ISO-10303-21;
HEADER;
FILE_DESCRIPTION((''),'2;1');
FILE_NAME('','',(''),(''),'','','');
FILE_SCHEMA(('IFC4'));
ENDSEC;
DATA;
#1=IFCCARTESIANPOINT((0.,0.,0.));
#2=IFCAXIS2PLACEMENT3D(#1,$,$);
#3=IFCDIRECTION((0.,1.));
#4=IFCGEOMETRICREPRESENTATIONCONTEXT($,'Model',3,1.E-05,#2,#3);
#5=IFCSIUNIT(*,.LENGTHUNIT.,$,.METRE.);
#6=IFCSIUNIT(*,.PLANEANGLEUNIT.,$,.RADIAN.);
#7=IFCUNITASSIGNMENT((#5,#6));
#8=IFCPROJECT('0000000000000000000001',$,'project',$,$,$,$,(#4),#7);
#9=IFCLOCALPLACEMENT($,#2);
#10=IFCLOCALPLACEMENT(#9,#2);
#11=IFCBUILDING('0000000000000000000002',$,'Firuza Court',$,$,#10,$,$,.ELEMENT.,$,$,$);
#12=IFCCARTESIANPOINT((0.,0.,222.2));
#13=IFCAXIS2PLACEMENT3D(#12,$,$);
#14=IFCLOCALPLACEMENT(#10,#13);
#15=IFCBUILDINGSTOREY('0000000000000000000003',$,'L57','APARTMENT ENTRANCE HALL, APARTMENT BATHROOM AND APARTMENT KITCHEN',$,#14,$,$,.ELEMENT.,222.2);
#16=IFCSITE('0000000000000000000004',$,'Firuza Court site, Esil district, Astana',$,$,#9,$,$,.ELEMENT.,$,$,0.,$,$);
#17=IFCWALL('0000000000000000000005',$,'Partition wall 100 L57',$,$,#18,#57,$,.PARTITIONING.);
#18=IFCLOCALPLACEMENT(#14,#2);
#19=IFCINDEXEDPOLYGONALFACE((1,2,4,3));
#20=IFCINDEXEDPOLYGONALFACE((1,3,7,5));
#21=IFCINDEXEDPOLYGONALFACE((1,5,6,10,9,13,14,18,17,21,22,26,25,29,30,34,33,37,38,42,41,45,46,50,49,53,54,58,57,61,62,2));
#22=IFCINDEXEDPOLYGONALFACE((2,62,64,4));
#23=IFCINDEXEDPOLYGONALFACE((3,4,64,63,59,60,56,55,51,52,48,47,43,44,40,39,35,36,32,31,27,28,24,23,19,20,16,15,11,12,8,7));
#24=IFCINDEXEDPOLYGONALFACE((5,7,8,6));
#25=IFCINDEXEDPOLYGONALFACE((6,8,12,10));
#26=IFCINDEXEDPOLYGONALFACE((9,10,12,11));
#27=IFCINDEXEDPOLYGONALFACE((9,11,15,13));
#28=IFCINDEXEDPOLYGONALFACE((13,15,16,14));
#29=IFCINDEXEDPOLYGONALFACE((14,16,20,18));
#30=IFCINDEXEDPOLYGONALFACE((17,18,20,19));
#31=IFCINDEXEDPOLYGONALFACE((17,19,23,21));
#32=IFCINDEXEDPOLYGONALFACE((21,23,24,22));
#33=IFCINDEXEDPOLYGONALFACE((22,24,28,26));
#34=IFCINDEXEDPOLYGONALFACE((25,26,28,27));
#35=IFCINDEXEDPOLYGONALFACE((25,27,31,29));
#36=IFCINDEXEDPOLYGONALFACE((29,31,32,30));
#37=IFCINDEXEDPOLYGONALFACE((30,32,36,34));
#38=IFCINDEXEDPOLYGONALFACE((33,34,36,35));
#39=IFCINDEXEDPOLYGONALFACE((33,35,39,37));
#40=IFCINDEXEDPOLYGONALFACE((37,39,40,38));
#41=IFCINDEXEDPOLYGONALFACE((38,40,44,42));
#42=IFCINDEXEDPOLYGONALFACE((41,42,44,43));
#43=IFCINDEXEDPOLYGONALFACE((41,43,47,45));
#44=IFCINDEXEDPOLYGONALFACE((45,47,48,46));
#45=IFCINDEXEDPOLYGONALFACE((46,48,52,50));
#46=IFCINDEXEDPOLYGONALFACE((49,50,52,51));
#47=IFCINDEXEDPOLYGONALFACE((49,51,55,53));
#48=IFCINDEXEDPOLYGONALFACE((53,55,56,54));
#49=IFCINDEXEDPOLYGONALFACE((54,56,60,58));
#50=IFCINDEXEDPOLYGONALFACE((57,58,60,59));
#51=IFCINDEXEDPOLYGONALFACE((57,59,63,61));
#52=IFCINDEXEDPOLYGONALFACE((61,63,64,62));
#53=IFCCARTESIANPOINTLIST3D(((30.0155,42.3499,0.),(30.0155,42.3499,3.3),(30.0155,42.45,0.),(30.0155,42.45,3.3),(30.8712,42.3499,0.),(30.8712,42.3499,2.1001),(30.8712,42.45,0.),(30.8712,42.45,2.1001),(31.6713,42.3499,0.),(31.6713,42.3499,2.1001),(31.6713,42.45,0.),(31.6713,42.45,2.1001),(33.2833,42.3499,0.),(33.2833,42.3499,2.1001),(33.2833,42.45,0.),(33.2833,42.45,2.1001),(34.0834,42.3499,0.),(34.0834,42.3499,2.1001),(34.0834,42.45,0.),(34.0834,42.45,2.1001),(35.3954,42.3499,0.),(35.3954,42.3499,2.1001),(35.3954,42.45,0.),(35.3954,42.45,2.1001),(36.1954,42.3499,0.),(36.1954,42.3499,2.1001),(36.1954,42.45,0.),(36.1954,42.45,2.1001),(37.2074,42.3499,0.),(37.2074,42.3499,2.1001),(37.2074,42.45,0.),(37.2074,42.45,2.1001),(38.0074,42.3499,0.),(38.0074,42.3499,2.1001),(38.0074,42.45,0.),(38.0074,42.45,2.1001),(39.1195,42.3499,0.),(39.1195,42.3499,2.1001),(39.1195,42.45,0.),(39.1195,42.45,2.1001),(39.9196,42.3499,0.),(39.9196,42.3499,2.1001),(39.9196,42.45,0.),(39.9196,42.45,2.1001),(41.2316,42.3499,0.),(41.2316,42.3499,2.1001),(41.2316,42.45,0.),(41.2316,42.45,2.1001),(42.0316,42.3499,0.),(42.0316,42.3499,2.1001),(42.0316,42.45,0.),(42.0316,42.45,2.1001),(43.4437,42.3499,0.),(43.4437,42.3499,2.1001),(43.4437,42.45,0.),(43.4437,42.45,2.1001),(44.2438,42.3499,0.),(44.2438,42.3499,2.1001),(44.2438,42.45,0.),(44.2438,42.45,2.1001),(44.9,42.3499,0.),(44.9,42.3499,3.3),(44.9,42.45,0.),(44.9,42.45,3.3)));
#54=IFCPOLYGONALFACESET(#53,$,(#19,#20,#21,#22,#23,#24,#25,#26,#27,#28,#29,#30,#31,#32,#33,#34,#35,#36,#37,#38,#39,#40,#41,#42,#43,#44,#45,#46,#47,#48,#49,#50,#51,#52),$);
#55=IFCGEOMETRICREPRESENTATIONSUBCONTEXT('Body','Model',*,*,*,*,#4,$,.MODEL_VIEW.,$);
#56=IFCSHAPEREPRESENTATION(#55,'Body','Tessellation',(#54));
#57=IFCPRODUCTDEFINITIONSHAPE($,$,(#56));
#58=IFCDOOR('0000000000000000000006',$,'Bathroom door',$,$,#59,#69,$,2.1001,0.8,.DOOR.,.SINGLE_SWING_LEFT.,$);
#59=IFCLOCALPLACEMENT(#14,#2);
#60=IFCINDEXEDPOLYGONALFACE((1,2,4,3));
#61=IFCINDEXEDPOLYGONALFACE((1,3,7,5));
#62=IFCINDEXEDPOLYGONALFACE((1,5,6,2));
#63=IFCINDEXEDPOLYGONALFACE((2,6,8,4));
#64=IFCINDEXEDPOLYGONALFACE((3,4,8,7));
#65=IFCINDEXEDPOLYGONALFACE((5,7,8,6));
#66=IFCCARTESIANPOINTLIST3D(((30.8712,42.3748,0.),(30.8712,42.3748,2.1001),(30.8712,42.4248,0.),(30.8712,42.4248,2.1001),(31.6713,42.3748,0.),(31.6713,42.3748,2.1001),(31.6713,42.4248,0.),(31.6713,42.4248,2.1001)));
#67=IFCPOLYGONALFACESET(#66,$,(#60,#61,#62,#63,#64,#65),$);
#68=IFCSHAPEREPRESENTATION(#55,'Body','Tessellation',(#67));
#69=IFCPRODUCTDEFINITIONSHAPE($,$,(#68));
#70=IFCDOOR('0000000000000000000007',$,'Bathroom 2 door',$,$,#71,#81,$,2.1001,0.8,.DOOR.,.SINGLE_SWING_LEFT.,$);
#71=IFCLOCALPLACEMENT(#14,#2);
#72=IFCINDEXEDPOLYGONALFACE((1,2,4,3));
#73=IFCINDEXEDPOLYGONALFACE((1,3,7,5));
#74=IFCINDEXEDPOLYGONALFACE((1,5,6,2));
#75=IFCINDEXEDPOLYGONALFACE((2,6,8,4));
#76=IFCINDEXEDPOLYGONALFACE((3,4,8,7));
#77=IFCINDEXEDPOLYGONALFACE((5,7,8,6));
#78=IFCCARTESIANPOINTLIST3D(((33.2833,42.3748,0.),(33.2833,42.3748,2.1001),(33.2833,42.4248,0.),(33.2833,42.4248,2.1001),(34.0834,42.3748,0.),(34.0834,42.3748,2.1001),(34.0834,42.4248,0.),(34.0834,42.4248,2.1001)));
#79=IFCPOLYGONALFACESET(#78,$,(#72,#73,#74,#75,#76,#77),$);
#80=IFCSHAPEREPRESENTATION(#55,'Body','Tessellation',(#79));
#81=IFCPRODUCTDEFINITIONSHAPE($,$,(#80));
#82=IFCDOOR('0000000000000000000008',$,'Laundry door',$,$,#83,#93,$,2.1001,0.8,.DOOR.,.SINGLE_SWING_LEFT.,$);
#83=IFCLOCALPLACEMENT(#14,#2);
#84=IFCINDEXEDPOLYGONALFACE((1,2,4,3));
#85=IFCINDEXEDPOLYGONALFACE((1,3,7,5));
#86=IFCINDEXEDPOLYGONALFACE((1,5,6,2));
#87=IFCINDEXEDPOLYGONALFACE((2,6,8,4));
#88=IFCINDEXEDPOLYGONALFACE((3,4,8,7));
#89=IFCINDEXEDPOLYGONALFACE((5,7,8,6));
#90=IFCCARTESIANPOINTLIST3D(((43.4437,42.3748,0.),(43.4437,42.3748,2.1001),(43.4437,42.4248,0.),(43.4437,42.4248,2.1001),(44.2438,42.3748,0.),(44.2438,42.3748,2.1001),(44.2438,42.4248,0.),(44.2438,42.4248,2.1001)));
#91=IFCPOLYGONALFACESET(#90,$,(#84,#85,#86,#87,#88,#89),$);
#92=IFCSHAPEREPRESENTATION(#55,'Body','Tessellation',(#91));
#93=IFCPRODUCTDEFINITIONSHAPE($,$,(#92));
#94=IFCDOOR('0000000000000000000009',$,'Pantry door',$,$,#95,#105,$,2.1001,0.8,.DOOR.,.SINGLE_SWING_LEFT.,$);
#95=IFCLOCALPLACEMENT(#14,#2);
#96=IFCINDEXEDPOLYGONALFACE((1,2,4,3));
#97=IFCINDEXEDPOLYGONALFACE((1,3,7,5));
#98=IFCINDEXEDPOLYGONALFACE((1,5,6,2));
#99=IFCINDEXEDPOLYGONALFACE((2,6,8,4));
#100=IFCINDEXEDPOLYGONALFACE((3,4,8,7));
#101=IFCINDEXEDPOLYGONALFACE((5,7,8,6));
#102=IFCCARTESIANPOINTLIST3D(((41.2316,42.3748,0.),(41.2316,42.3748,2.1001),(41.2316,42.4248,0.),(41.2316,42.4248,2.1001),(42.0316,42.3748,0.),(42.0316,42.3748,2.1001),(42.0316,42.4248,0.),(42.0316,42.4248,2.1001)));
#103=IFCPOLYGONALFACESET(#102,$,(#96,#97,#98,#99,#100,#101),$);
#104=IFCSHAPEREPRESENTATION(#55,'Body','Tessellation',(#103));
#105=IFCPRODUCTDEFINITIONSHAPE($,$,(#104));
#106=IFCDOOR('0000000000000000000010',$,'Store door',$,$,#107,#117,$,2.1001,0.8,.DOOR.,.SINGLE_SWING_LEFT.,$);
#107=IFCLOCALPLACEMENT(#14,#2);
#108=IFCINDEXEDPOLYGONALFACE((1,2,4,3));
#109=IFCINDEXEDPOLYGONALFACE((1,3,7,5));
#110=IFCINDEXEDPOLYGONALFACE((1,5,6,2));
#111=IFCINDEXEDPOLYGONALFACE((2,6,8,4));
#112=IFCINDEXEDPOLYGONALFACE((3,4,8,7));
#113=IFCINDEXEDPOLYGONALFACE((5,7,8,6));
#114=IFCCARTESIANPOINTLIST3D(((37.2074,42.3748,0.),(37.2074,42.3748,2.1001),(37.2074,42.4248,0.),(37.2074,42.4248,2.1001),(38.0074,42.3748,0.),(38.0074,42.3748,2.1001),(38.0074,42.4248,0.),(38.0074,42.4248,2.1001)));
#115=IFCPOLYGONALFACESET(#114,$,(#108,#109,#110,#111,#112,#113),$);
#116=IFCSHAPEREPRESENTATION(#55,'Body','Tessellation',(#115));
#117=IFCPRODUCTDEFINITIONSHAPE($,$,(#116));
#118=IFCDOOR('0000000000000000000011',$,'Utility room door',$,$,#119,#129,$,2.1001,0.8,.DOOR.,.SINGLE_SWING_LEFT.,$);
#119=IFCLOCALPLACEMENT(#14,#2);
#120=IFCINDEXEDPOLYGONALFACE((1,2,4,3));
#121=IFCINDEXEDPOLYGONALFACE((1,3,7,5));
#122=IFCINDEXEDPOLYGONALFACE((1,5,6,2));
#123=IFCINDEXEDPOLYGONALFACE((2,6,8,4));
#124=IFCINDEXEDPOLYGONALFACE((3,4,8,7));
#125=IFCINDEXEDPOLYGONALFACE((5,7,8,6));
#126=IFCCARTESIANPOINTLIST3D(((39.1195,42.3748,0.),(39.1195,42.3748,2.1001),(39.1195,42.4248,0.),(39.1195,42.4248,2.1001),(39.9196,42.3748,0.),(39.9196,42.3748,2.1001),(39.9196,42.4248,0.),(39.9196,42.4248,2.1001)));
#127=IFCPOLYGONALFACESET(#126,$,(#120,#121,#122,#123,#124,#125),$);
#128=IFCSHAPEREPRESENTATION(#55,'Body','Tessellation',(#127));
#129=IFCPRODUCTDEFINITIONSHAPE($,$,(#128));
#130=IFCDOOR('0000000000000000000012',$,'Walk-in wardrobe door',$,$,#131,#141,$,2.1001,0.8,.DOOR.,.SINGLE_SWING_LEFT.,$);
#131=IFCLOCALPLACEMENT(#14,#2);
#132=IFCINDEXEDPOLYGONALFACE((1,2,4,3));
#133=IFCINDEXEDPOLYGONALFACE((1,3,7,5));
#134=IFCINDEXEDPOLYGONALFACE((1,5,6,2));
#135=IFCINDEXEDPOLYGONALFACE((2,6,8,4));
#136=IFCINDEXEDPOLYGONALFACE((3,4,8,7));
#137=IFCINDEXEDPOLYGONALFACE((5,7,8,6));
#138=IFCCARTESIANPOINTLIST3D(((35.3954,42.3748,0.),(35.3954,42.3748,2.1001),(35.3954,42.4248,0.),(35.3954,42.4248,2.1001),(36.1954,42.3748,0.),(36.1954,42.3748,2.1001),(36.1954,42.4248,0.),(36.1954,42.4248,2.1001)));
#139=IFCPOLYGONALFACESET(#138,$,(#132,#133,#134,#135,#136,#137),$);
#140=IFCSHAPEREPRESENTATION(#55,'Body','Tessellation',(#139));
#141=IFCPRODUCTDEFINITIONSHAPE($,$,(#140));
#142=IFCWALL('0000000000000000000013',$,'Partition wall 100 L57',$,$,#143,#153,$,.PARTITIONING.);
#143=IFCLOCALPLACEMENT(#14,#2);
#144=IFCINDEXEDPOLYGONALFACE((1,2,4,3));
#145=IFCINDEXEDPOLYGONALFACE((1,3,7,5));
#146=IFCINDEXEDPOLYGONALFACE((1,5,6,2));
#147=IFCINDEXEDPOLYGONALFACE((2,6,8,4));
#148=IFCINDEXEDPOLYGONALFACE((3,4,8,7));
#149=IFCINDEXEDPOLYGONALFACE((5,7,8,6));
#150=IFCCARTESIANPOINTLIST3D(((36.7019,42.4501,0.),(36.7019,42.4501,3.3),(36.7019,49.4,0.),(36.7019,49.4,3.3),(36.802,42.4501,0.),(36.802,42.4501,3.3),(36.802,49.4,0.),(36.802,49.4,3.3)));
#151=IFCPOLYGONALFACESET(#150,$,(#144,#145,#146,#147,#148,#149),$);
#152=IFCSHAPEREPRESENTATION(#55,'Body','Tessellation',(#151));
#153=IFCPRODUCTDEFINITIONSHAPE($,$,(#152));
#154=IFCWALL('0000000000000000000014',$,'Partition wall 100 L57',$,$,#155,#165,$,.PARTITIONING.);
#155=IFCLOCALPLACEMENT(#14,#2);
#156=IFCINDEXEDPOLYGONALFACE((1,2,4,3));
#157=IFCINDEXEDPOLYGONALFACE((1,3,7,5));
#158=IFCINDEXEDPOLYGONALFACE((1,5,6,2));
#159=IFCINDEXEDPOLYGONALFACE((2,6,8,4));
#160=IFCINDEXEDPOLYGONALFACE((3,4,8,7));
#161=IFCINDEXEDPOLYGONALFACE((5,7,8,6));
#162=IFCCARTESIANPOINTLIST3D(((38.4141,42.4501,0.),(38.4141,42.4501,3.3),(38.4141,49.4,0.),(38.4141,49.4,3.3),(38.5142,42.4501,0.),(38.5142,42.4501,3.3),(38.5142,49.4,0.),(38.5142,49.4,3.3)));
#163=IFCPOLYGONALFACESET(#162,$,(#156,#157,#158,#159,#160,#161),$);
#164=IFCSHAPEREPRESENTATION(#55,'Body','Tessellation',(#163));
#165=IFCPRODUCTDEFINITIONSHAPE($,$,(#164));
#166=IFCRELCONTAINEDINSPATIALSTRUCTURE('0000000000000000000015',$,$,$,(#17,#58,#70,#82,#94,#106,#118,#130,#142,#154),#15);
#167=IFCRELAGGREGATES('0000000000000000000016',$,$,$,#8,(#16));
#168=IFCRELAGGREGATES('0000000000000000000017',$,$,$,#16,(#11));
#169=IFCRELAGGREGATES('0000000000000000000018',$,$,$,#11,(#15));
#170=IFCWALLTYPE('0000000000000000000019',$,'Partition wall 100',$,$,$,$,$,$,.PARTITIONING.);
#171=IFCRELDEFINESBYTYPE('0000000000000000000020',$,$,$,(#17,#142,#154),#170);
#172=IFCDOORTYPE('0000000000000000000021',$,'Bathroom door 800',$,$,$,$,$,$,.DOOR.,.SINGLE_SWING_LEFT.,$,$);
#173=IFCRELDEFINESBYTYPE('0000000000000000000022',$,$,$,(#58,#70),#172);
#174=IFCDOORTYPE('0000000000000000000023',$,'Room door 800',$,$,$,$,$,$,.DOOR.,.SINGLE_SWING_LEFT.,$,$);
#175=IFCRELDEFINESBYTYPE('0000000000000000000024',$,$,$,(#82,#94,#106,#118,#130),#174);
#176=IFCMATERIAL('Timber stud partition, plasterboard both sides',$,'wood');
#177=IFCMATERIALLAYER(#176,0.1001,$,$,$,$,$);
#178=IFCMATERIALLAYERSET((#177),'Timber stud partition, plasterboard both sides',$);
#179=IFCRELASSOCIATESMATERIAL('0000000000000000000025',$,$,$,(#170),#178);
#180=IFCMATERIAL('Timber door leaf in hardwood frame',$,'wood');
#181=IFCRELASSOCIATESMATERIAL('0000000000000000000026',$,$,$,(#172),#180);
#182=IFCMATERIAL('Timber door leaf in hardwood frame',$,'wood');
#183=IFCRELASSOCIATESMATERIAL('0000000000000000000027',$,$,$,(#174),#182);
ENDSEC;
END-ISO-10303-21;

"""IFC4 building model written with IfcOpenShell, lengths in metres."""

from ifc_helpers import new_model, si_unit, direction, frame, frame_2d, origin, place, context, subcontext, project, spatial, rectangle, extrude, material, layer, layer_set, type_object, element, fill, save


model = new_model("IFC4")

# Units and contexts
model_context = context("Model", 3, precision=1e-05, world=origin(), true_north=direction((0.0, 1.0)))
body_context = subcontext(model_context, "Body", "Model", "MODEL_VIEW")
ifc_project = project(units=[si_unit("LENGTHUNIT", "METRE"), si_unit("PLANEANGLEUNIT", "RADIAN")], contexts=[model_context])

# Site, building, storey
site_placement = place(None, origin())
site = spatial("IfcSite", under=ifc_project, at=site_placement, Name="Firuza Court site, Esil district, Astana", CompositionType="ELEMENT", RefElevation=0.0)
building_placement = place(site_placement, origin())
building = spatial("IfcBuilding", under=site, at=building_placement, Name="Firuza Court", CompositionType="ELEMENT")
storey_placement = place(building_placement, frame((0.0, 0.0, 222.2)))
storey = spatial("IfcBuildingStorey", under=building, at=storey_placement, Name="L57", Description="APARTMENT ENTRANCE HALL, APARTMENT BATHROOM AND APARTMENT KITCHEN", CompositionType="ELEMENT", Elevation=222.2)

# Wall, openings, doors
ifc_material_1 = material(Name="Timber stud partition, plasterboard both sides", Category="wood")
ifc_layer_1 = layer(ifc_material_1, 0.1001)
ifc_layer_set_1 = layer_set([ifc_layer_1], Name="Timber stud partition, plasterboard both sides")
wall_type_1 = type_object("IfcWallType", Name="Partition wall 100", PredefinedType="PARTITIONING", material=ifc_layer_set_1)
wall_1_placement = place(storey_placement, frame((30.0154, 42.3999, 0.0), z_axis=(0.0, 0.0, 1.0), x_axis=(1.0, 0.0, 0.0)))
wall_1 = element("IfcWall", 1, at=wall_1_placement, inside=storey, type_object=wall_type_1, Name="Partition wall 100 L57", PredefinedType="PARTITIONING", context=body_context, shape_type="SweptSolid", body=[
    extrude(rectangle(XDim=14.8845, YDim=0.1001, at=frame_2d((7.4424, 0.0))), origin(), (0.0, 0.0, 1.0), 3.3),
])
opening_1_placement = place(wall_1_placement, frame((0.856, 0.0, 0.0)))
opening_1 = element("IfcOpeningElement", 2, at=opening_1_placement, cuts=wall_1, PredefinedType="OPENING", context=body_context, shape_type="SweptSolid", body=[
    extrude(rectangle(XDim=0.8, YDim=2.1001, at=frame_2d((0.3999, 1.05))), frame((0.0, 0.062, 0.0), z_axis=(0.0, -1.0, 0.0), x_axis=(1.0, 0.0, 0.0)), (0.0, 0.0, 1.0), 0.124),
])
opening_2_placement = place(wall_1_placement, frame((3.2681, 0.0, 0.0)))
opening_2 = element("IfcOpeningElement", 3, at=opening_2_placement, cuts=wall_1, PredefinedType="OPENING", context=body_context, shape_type="SweptSolid", body=[
    extrude(rectangle(XDim=0.8, YDim=2.1001, at=frame_2d((0.3999, 1.05))), frame((0.0, 0.062, 0.0), z_axis=(0.0, -1.0, 0.0), x_axis=(1.0, 0.0, 0.0)), (0.0, 0.0, 1.0), 0.124),
])
opening_3_placement = place(wall_1_placement, frame((13.4285, 0.0, 0.0)))
opening_3 = element("IfcOpeningElement", 4, at=opening_3_placement, cuts=wall_1, PredefinedType="OPENING", context=body_context, shape_type="SweptSolid", body=[
    extrude(rectangle(XDim=0.8, YDim=2.1001, at=frame_2d((0.3999, 1.05))), frame((0.0, 0.062, 0.0), z_axis=(0.0, -1.0, 0.0), x_axis=(1.0, 0.0, 0.0)), (0.0, 0.0, 1.0), 0.124),
])
opening_4_placement = place(wall_1_placement, frame((11.2163, 0.0, 0.0)))
opening_4 = element("IfcOpeningElement", 5, at=opening_4_placement, cuts=wall_1, PredefinedType="OPENING", context=body_context, shape_type="SweptSolid", body=[
    extrude(rectangle(XDim=0.8, YDim=2.1001, at=frame_2d((0.3999, 1.05))), frame((0.0, 0.062, 0.0), z_axis=(0.0, -1.0, 0.0), x_axis=(1.0, 0.0, 0.0)), (0.0, 0.0, 1.0), 0.124),
])
opening_5_placement = place(wall_1_placement, frame((7.1921, 0.0, 0.0)))
opening_5 = element("IfcOpeningElement", 6, at=opening_5_placement, cuts=wall_1, PredefinedType="OPENING", context=body_context, shape_type="SweptSolid", body=[
    extrude(rectangle(XDim=0.8, YDim=2.1001, at=frame_2d((0.3999, 1.05))), frame((0.0, 0.062, 0.0), z_axis=(0.0, -1.0, 0.0), x_axis=(1.0, 0.0, 0.0)), (0.0, 0.0, 1.0), 0.124),
])
opening_6_placement = place(wall_1_placement, frame((9.1042, 0.0, 0.0)))
opening_6 = element("IfcOpeningElement", 7, at=opening_6_placement, cuts=wall_1, PredefinedType="OPENING", context=body_context, shape_type="SweptSolid", body=[
    extrude(rectangle(XDim=0.8, YDim=2.1001, at=frame_2d((0.3999, 1.05))), frame((0.0, 0.062, 0.0), z_axis=(0.0, -1.0, 0.0), x_axis=(1.0, 0.0, 0.0)), (0.0, 0.0, 1.0), 0.124),
])
opening_7_placement = place(wall_1_placement, frame((5.3801, 0.0, 0.0)))
opening_7 = element("IfcOpeningElement", 8, at=opening_7_placement, cuts=wall_1, PredefinedType="OPENING", context=body_context, shape_type="SweptSolid", body=[
    extrude(rectangle(XDim=0.8, YDim=2.1001, at=frame_2d((0.3999, 1.05))), frame((0.0, 0.062, 0.0), z_axis=(0.0, -1.0, 0.0), x_axis=(1.0, 0.0, 0.0)), (0.0, 0.0, 1.0), 0.124),
])
ifc_material_2 = material(Name="Timber door leaf in hardwood frame", Category="wood")
door_type_1 = type_object("IfcDoorType", Name="Bathroom door 800", OperationType="SINGLE_SWING_LEFT", PredefinedType="DOOR", material=ifc_material_2)
door_1_placement = place(opening_1_placement, origin())
door_1 = element("IfcDoor", 9, at=door_1_placement, inside=storey, type_object=door_type_1, Name="Bathroom door", OperationType="SINGLE_SWING_LEFT", OverallHeight=2.1001, OverallWidth=0.8, PredefinedType="DOOR", context=body_context, shape_type="SweptSolid", body=[
    extrude(rectangle(XDim=0.8, YDim=2.1001, at=frame_2d((0.3999, 1.05))), frame((0.0, 0.0249, 0.0), z_axis=(0.0, -1.0, 0.0), x_axis=(1.0, 0.0, 0.0)), (0.0, 0.0, 1.0), 0.05),
])
fill(opening_1, door_1)
door_2_placement = place(opening_2_placement, origin())
door_2 = element("IfcDoor", 10, at=door_2_placement, inside=storey, type_object=door_type_1, Name="Bathroom 2 door", OperationType="SINGLE_SWING_LEFT", OverallHeight=2.1001, OverallWidth=0.8, PredefinedType="DOOR", context=body_context, shape_type="SweptSolid", body=[
    extrude(rectangle(XDim=0.8, YDim=2.1001, at=frame_2d((0.3999, 1.05))), frame((0.0, 0.0249, 0.0), z_axis=(0.0, -1.0, 0.0), x_axis=(1.0, 0.0, 0.0)), (0.0, 0.0, 1.0), 0.05),
])
fill(opening_2, door_2)
ifc_material_3 = material(Name="Timber door leaf in hardwood frame", Category="wood")
door_type_2 = type_object("IfcDoorType", Name="Room door 800", OperationType="SINGLE_SWING_LEFT", PredefinedType="DOOR", material=ifc_material_3)
door_3_placement = place(opening_3_placement, origin())
door_3 = element("IfcDoor", 11, at=door_3_placement, inside=storey, type_object=door_type_2, Name="Laundry door", OperationType="SINGLE_SWING_LEFT", OverallHeight=2.1001, OverallWidth=0.8, PredefinedType="DOOR", context=body_context, shape_type="SweptSolid", body=[
    extrude(rectangle(XDim=0.8, YDim=2.1001, at=frame_2d((0.3999, 1.05))), frame((0.0, 0.0249, 0.0), z_axis=(0.0, -1.0, 0.0), x_axis=(1.0, 0.0, 0.0)), (0.0, 0.0, 1.0), 0.05),
])
fill(opening_3, door_3)
door_4_placement = place(opening_4_placement, origin())
door_4 = element("IfcDoor", 12, at=door_4_placement, inside=storey, type_object=door_type_2, Name="Pantry door", OperationType="SINGLE_SWING_LEFT", OverallHeight=2.1001, OverallWidth=0.8, PredefinedType="DOOR", context=body_context, shape_type="SweptSolid", body=[
    extrude(rectangle(XDim=0.8, YDim=2.1001, at=frame_2d((0.3999, 1.05))), frame((0.0, 0.0249, 0.0), z_axis=(0.0, -1.0, 0.0), x_axis=(1.0, 0.0, 0.0)), (0.0, 0.0, 1.0), 0.05),
])
fill(opening_4, door_4)
door_5_placement = place(opening_5_placement, origin())
door_5 = element("IfcDoor", 13, at=door_5_placement, inside=storey, type_object=door_type_2, Name="Store door", OperationType="SINGLE_SWING_LEFT", OverallHeight=2.1001, OverallWidth=0.8, PredefinedType="DOOR", context=body_context, shape_type="SweptSolid", body=[
    extrude(rectangle(XDim=0.8, YDim=2.1001, at=frame_2d((0.3999, 1.05))), frame((0.0, 0.0249, 0.0), z_axis=(0.0, -1.0, 0.0), x_axis=(1.0, 0.0, 0.0)), (0.0, 0.0, 1.0), 0.05),
])
fill(opening_5, door_5)
door_6_placement = place(opening_6_placement, origin())
door_6 = element("IfcDoor", 14, at=door_6_placement, inside=storey, type_object=door_type_2, Name="Utility room door", OperationType="SINGLE_SWING_LEFT", OverallHeight=2.1001, OverallWidth=0.8, PredefinedType="DOOR", context=body_context, shape_type="SweptSolid", body=[
    extrude(rectangle(XDim=0.8, YDim=2.1001, at=frame_2d((0.3999, 1.05))), frame((0.0, 0.0249, 0.0), z_axis=(0.0, -1.0, 0.0), x_axis=(1.0, 0.0, 0.0)), (0.0, 0.0, 1.0), 0.05),
])
fill(opening_6, door_6)
door_7_placement = place(opening_7_placement, origin())
door_7 = element("IfcDoor", 15, at=door_7_placement, inside=storey, type_object=door_type_2, Name="Walk-in wardrobe door", OperationType="SINGLE_SWING_LEFT", OverallHeight=2.1001, OverallWidth=0.8, PredefinedType="DOOR", context=body_context, shape_type="SweptSolid", body=[
    extrude(rectangle(XDim=0.8, YDim=2.1001, at=frame_2d((0.3999, 1.05))), frame((0.0, 0.0249, 0.0), z_axis=(0.0, -1.0, 0.0), x_axis=(1.0, 0.0, 0.0)), (0.0, 0.0, 1.0), 0.05),
])
fill(opening_7, door_7)

# Walls
for number, where, z_axis, x_axis, name in (
    (16, (36.752, 42.45, 0.0), (0.0, 0.0, 1.0), (0.0, 1.0, 0.0), "Partition wall 100 L57"),
    (17, (38.4641, 42.45, 0.0), (0.0, 0.0, 1.0), (0.0, 1.0, 0.0), "Partition wall 100 L57"),
):
    element("IfcWall", number, at=place(storey_placement, frame(where, z_axis=z_axis, x_axis=x_axis)), inside=storey, type_object=wall_type_1, Name=name, PredefinedType="PARTITIONING", context=body_context, shape_type="SweptSolid", body=[
        extrude(rectangle(XDim=6.95, YDim=0.1001, at=frame_2d((3.4751, 0.0))), origin(), (0.0, 0.0, 1.0), 3.3),
    ])

save(model, "model.ifc")
